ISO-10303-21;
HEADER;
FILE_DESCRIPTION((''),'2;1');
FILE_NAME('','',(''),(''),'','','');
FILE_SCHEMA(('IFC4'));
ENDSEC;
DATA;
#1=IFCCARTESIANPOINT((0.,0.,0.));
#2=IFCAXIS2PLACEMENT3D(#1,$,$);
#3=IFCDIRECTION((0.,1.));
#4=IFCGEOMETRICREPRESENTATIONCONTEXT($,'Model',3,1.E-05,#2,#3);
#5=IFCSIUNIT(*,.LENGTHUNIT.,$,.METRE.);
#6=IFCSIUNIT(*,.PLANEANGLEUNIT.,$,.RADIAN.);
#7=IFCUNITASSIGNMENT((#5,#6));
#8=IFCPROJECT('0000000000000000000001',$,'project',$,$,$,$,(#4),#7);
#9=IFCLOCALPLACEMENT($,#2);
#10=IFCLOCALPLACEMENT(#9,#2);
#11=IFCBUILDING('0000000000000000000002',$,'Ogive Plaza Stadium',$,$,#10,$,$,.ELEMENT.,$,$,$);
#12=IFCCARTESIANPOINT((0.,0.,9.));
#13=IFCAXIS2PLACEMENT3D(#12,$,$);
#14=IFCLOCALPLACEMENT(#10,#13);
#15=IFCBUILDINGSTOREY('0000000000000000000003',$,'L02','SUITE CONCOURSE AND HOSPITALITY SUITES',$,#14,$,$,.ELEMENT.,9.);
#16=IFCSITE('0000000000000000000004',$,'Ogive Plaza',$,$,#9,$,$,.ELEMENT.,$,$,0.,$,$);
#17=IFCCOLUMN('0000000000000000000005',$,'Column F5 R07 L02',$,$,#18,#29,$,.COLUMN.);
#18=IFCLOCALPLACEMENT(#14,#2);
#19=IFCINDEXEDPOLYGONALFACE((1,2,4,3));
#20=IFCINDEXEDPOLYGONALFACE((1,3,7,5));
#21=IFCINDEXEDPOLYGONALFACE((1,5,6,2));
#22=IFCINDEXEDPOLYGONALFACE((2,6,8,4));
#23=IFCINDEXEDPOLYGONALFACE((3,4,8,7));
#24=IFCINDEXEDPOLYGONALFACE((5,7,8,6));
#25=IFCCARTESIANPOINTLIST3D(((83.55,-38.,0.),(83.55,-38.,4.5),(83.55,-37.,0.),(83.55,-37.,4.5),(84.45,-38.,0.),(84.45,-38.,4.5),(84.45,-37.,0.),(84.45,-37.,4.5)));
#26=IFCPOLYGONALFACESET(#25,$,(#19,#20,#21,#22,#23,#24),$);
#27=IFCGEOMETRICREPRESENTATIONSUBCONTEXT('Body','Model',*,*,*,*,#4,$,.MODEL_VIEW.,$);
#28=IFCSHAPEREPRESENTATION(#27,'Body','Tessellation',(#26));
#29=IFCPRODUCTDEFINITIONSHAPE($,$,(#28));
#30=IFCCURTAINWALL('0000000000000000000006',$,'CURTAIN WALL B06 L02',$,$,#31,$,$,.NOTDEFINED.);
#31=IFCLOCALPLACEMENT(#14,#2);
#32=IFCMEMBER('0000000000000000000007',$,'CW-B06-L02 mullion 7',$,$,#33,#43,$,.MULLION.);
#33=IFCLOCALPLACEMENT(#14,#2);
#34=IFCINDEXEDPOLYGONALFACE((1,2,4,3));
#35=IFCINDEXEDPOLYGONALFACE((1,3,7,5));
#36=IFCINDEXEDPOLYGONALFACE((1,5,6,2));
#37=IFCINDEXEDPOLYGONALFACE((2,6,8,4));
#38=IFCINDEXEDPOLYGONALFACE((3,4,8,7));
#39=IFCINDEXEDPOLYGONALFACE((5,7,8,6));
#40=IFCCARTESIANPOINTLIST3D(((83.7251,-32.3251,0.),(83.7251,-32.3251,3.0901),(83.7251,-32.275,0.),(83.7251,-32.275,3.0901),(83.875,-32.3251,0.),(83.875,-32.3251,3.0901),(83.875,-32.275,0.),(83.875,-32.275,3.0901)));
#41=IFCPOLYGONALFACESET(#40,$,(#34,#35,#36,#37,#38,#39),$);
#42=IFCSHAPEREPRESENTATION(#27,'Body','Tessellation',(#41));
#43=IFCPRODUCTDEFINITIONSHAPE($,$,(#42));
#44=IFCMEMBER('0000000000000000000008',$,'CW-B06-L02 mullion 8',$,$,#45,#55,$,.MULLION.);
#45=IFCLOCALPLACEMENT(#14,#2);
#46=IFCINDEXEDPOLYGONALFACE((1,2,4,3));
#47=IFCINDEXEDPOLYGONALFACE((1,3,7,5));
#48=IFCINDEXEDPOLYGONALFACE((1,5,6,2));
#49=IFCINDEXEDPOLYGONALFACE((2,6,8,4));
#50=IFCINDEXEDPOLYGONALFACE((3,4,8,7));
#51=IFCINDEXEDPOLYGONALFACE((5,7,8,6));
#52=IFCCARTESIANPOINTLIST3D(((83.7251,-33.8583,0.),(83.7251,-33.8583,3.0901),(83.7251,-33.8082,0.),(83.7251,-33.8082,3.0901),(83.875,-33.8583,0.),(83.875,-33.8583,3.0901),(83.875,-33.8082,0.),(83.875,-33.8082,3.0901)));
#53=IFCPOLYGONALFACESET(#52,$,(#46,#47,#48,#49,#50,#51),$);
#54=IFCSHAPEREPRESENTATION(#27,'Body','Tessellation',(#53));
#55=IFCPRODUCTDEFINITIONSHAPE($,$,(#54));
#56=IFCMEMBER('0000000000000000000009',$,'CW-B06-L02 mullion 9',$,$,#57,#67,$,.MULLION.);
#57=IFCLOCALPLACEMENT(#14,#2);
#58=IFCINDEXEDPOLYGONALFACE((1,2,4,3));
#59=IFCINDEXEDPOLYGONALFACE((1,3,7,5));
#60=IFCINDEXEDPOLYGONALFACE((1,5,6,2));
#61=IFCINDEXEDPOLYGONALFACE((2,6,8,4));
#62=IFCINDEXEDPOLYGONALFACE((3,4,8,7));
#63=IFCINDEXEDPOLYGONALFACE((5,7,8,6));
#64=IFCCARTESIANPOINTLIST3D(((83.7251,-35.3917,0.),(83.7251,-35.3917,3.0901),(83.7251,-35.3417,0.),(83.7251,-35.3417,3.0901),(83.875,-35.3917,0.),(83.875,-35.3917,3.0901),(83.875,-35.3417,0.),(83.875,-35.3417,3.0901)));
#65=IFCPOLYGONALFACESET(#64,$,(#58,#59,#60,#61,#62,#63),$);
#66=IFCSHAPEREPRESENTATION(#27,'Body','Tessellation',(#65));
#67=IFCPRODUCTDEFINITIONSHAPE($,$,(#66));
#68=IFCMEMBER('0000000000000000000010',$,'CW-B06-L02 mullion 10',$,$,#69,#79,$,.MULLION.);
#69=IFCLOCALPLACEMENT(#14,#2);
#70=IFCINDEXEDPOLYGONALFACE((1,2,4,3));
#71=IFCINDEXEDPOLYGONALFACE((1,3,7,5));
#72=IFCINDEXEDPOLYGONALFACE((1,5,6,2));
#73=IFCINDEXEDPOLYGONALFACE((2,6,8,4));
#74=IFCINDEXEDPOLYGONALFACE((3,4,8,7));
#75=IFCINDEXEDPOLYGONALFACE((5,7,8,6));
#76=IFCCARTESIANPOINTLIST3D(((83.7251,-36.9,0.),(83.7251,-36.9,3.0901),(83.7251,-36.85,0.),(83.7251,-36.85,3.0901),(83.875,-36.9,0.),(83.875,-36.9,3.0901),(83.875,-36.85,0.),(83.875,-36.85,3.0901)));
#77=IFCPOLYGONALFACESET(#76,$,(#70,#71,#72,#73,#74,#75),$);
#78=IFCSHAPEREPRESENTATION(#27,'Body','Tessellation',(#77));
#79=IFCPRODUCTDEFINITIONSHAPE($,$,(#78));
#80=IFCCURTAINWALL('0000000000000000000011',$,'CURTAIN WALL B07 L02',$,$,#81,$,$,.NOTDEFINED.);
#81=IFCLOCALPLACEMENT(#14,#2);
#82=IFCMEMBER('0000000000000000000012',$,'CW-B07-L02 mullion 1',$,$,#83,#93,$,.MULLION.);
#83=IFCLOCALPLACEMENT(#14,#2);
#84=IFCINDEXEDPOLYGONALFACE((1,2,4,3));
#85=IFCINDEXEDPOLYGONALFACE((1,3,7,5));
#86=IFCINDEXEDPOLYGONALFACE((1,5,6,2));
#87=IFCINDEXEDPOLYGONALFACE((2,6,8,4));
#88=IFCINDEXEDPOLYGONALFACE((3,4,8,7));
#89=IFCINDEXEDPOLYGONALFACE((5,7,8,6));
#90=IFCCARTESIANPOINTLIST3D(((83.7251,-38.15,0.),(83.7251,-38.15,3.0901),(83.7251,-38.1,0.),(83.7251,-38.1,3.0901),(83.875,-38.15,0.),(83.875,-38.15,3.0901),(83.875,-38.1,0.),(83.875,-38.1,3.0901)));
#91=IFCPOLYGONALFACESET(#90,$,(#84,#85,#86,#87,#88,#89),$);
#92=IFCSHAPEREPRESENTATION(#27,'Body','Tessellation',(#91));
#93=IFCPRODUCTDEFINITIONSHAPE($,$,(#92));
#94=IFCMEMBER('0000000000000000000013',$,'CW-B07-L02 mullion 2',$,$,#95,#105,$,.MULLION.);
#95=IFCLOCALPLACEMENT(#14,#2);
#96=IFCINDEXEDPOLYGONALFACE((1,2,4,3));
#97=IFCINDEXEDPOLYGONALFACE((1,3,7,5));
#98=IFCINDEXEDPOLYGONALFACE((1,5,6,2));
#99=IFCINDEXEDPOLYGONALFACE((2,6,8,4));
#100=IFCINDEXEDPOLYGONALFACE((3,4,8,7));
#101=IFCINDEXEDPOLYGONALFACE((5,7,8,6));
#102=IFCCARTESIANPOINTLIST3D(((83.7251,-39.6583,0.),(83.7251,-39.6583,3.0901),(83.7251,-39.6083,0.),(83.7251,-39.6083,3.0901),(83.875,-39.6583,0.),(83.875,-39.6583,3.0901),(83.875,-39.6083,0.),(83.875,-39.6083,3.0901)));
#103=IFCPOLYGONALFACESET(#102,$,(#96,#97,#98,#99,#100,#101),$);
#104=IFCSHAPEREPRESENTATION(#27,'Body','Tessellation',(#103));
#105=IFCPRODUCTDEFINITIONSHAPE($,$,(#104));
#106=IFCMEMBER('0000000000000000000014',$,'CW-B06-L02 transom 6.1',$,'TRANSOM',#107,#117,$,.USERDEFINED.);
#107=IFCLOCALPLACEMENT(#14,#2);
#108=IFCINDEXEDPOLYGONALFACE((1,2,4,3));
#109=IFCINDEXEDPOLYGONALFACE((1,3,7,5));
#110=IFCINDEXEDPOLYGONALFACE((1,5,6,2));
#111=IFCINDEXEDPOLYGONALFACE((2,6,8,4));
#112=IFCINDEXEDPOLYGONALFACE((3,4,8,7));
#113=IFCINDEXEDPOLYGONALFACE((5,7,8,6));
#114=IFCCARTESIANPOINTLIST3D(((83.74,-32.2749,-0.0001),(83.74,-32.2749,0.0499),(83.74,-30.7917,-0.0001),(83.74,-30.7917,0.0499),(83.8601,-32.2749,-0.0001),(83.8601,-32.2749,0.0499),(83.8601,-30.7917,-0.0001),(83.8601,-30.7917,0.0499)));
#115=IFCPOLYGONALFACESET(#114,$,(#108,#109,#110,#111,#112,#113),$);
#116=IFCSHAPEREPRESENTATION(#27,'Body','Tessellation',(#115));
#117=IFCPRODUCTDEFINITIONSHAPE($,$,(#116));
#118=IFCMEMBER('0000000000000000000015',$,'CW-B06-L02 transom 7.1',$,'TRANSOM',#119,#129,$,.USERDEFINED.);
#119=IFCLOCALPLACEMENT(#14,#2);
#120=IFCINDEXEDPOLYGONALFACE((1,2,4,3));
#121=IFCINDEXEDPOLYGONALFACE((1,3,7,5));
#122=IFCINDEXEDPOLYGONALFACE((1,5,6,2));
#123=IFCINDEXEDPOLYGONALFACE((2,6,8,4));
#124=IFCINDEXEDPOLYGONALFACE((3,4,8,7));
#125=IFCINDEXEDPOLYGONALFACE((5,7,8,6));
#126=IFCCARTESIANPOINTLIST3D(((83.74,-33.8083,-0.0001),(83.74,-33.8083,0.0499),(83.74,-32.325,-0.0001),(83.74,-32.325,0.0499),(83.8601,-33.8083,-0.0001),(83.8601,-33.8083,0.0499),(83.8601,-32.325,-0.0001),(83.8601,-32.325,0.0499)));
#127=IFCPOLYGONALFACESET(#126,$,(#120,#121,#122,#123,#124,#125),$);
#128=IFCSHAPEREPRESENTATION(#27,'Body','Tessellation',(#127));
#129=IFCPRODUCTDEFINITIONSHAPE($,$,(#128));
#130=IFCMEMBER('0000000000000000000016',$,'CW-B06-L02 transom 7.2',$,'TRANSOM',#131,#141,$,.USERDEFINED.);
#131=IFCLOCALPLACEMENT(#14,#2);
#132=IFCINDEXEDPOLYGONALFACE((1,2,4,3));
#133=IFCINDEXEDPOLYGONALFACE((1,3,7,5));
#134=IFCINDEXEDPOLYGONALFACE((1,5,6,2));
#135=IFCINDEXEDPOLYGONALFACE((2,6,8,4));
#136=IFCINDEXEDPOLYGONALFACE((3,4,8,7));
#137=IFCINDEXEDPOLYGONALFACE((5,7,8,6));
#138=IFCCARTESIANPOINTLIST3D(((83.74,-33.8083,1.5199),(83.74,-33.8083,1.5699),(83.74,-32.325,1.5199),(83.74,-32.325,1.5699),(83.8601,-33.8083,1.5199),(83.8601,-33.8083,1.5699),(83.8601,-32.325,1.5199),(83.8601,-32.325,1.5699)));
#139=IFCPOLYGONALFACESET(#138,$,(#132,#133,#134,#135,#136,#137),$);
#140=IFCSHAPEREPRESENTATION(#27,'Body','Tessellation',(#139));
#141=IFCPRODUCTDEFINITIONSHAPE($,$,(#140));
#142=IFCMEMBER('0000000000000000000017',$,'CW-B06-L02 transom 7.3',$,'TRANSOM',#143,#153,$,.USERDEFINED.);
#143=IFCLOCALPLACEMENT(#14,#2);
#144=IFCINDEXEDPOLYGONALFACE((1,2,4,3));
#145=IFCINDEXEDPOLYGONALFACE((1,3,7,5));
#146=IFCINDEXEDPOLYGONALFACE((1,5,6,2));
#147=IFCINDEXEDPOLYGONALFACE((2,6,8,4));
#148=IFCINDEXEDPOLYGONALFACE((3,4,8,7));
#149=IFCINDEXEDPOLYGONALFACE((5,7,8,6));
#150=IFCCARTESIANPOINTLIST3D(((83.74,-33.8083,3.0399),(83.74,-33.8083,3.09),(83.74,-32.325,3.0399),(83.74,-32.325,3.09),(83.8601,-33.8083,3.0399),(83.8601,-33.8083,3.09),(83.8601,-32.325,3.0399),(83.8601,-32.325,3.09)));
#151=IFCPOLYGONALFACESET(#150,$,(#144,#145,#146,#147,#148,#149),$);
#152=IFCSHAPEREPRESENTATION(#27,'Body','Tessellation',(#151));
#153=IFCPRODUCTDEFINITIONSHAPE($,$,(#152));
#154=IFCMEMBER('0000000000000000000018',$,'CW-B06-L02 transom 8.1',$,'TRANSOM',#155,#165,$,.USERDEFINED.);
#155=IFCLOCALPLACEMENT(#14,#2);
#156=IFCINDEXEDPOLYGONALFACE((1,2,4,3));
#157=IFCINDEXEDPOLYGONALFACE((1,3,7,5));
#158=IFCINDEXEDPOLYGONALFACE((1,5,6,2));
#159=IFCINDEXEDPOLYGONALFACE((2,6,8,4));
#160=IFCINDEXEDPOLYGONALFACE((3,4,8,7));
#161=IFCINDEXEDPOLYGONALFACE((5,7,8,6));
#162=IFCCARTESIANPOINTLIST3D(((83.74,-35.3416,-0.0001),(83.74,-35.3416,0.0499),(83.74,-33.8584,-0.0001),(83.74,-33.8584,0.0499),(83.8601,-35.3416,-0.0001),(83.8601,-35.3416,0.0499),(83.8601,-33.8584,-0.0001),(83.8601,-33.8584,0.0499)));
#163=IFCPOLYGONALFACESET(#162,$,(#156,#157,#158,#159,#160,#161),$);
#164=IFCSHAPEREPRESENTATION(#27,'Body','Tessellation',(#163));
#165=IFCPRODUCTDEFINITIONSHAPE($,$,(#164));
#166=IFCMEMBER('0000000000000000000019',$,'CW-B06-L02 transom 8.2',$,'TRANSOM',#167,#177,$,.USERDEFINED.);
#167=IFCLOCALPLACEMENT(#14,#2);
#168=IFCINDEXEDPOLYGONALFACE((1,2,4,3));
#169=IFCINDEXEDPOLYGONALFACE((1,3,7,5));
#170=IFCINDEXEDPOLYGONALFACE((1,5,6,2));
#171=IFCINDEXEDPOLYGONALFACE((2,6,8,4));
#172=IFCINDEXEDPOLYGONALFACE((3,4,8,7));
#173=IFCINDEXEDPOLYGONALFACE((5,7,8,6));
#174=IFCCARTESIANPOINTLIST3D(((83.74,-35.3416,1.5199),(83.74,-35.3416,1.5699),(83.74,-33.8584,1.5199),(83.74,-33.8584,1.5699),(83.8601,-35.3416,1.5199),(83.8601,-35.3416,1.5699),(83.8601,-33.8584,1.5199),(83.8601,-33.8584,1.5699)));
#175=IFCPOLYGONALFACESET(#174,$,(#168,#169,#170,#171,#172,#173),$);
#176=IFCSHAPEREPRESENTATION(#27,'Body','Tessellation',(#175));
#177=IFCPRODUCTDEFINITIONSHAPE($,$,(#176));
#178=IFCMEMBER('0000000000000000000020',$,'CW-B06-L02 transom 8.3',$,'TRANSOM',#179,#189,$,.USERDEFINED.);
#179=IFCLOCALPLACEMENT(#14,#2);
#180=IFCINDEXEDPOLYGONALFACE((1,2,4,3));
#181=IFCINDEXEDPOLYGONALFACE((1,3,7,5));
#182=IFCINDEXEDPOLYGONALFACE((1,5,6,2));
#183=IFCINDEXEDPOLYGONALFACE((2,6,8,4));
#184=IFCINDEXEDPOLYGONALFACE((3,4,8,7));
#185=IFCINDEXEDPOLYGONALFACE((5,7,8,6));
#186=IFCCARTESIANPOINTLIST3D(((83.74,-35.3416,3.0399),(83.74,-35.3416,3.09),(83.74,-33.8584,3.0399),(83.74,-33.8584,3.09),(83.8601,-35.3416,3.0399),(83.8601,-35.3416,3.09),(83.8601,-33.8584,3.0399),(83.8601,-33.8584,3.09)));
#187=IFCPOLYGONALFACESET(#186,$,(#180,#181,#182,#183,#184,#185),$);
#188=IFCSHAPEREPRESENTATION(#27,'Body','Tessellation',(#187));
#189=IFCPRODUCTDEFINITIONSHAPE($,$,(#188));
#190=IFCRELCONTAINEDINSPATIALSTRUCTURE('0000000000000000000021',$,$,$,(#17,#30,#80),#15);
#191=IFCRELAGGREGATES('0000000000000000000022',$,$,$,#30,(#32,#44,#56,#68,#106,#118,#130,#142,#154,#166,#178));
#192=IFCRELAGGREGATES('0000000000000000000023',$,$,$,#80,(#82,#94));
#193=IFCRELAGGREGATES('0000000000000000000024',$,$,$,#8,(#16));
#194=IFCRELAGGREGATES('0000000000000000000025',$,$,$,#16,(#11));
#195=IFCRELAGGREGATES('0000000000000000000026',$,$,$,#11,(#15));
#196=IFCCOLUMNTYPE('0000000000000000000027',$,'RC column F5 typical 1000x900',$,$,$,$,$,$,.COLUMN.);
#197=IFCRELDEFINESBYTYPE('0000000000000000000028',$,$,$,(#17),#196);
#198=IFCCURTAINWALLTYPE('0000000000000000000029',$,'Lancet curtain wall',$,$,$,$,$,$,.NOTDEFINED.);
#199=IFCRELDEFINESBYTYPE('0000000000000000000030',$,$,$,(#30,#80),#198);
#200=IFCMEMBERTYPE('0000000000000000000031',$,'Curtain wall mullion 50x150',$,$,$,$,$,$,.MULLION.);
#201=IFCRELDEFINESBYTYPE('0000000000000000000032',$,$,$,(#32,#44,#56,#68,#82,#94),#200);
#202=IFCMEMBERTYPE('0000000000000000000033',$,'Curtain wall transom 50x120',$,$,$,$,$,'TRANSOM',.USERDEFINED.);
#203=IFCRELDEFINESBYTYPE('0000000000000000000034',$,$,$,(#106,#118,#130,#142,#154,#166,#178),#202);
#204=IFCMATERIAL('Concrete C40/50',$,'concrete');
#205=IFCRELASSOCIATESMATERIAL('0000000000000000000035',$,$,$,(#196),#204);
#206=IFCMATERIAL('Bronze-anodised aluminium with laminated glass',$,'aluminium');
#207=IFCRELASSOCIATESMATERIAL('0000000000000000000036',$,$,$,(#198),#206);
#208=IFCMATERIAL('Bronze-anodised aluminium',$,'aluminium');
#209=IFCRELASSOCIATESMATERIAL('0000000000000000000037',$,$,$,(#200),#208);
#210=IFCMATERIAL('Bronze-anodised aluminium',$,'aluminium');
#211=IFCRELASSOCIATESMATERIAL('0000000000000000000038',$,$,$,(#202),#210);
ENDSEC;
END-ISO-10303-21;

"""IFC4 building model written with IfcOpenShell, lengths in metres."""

from ifc_helpers import new_model, si_unit, direction, frame, origin, origin_2d, place, context, subcontext, project, spatial, rectangle, extrude, material, material_profile, profile_set, type_object, element, aggregate, save


model = new_model("IFC4")

# Units and contexts
model_context = context("Model", 3, precision=1e-05, world=origin(), true_north=direction((0.0, 1.0)))
body_context = subcontext(model_context, "Body", "Model", "MODEL_VIEW")
ifc_project = project(units=[si_unit("LENGTHUNIT", "METRE"), si_unit("PLANEANGLEUNIT", "RADIAN")], contexts=[model_context])

# Site, building, storey
site_placement = place(None, origin())
site = spatial("IfcSite", under=ifc_project, at=site_placement, Name="Ogive Plaza", CompositionType="ELEMENT", RefElevation=0.0)
building_placement = place(site_placement, origin())
building = spatial("IfcBuilding", under=site, at=building_placement, Name="Ogive Plaza Stadium", CompositionType="ELEMENT")
storey_placement = place(building_placement, frame((0.0, 0.0, 9.0)))
storey = spatial("IfcBuildingStorey", under=building, at=storey_placement, Name="L02", Description="SUITE CONCOURSE AND HOSPITALITY SUITES", CompositionType="ELEMENT", Elevation=9.0)

# Column
ifc_material_1 = material(Name="Concrete C40/50", Category="concrete")
ifc_material_profile_1 = material_profile(ifc_material_1, rectangle(XDim=1.0, YDim=0.8999, at=origin_2d()), Name="RC 1000x900")
ifc_profile_set_1 = profile_set([ifc_material_profile_1], Name="Concrete C40/50")
column_type = type_object("IfcColumnType", Name="RC column F5 typical 1000x900", PredefinedType="COLUMN", material=ifc_profile_set_1)
column_placement = place(storey_placement, frame((84.0, -37.5, 0.0), z_axis=(0.0, 0.0, 1.0), x_axis=(0.0, 1.0, 0.0)))
element("IfcColumn", 1, at=column_placement, inside=storey, type_object=column_type, Name="Column F5 R07 L02", PredefinedType="COLUMN", context=body_context, shape_type="SweptSolid", body=[
    extrude(rectangle(XDim=1.0, YDim=0.8999, at=origin_2d()), origin(), (0.0, 0.0, 1.0), 4.5),
])

# Curtain walls, members
ifc_material_2 = material(Name="Bronze-anodised aluminium with laminated glass", Category="aluminium")
curtain_wall_type = type_object("IfcCurtainWallType", Name="Lancet curtain wall", PredefinedType="NOTDEFINED", material=ifc_material_2)
curtain_wall_1_placement = place(storey_placement, origin())
curtain_wall_1 = element("IfcCurtainWall", 2, at=curtain_wall_1_placement, inside=storey, type_object=curtain_wall_type, Name="CURTAIN WALL B06 L02", PredefinedType="NOTDEFINED")
ifc_material_3 = material(Name="Bronze-anodised aluminium", Category="aluminium")
ifc_material_profile_2 = material_profile(ifc_material_3, rectangle(XDim=0.1499, YDim=0.05, at=origin_2d()), Name="AL 150x50")
ifc_profile_set_2 = profile_set([ifc_material_profile_2], Name="Bronze-anodised aluminium")
member_type_1 = type_object("IfcMemberType", Name="Curtain wall mullion 50x150", PredefinedType="MULLION", material=ifc_profile_set_2)
member_1_placement = place(storey_placement, frame((83.8, -32.3, 0.0), z_axis=(0.0, 0.0, 1.0), x_axis=(1.0, 0.0, 0.0)))
member_1 = element("IfcMember", 3, at=member_1_placement, type_object=member_type_1, Name="CW-B06-L02 mullion 7", PredefinedType="MULLION", context=body_context, shape_type="SweptSolid", body=[
    extrude(rectangle(XDim=0.1499, YDim=0.05, at=origin_2d()), origin(), (0.0, 0.0, 1.0), 3.0901),
])
member_2_placement = place(storey_placement, frame((83.8, -33.8333, 0.0), z_axis=(0.0, 0.0, 1.0), x_axis=(1.0, 0.0, 0.0)))
member_2 = element("IfcMember", 4, at=member_2_placement, type_object=member_type_1, Name="CW-B06-L02 mullion 8", PredefinedType="MULLION", context=body_context, shape_type="SweptSolid", body=[
    extrude(rectangle(XDim=0.1499, YDim=0.05, at=origin_2d()), origin(), (0.0, 0.0, 1.0), 3.0901),
])
member_3_placement = place(storey_placement, frame((83.8, -35.3667, 0.0), z_axis=(0.0, 0.0, 1.0), x_axis=(1.0, 0.0, 0.0)))
member_3 = element("IfcMember", 5, at=member_3_placement, type_object=member_type_1, Name="CW-B06-L02 mullion 9", PredefinedType="MULLION", context=body_context, shape_type="SweptSolid", body=[
    extrude(rectangle(XDim=0.1499, YDim=0.05, at=origin_2d()), origin(), (0.0, 0.0, 1.0), 3.0901),
])
member_4_placement = place(storey_placement, frame((83.8, -36.875, 0.0), z_axis=(0.0, 0.0, 1.0), x_axis=(1.0, 0.0, 0.0)))
member_4 = element("IfcMember", 6, at=member_4_placement, type_object=member_type_1, Name="CW-B06-L02 mullion 10", PredefinedType="MULLION", context=body_context, shape_type="SweptSolid", body=[
    extrude(rectangle(XDim=0.1499, YDim=0.05, at=origin_2d()), origin(), (0.0, 0.0, 1.0), 3.0901),
])
curtain_wall_2_placement = place(storey_placement, origin())
curtain_wall_2 = element("IfcCurtainWall", 7, at=curtain_wall_2_placement, inside=storey, type_object=curtain_wall_type, Name="CURTAIN WALL B07 L02", PredefinedType="NOTDEFINED")
member_5_placement = place(storey_placement, frame((83.8, -38.125, 0.0), z_axis=(0.0, 0.0, 1.0), x_axis=(1.0, 0.0, 0.0)))
member_5 = element("IfcMember", 8, at=member_5_placement, type_object=member_type_1, Name="CW-B07-L02 mullion 1", PredefinedType="MULLION", context=body_context, shape_type="SweptSolid", body=[
    extrude(rectangle(XDim=0.1499, YDim=0.05, at=origin_2d()), origin(), (0.0, 0.0, 1.0), 3.0901),
])
member_6_placement = place(storey_placement, frame((83.8, -39.6333, 0.0), z_axis=(0.0, 0.0, 1.0), x_axis=(1.0, 0.0, 0.0)))
member_6 = element("IfcMember", 9, at=member_6_placement, type_object=member_type_1, Name="CW-B07-L02 mullion 2", PredefinedType="MULLION", context=body_context, shape_type="SweptSolid", body=[
    extrude(rectangle(XDim=0.1499, YDim=0.05, at=origin_2d()), origin(), (0.0, 0.0, 1.0), 3.0901),
])

# Members
ifc_material_4 = material(Name="Bronze-anodised aluminium", Category="aluminium")
ifc_material_profile_3 = material_profile(ifc_material_4, rectangle(XDim=0.1201, YDim=0.05, at=origin_2d()), Name="AL 120x50")
ifc_profile_set_3 = profile_set([ifc_material_profile_3], Name="Bronze-anodised aluminium")
member_type_2 = type_object("IfcMemberType", Name="Curtain wall transom 50x120", ElementType="TRANSOM", PredefinedType="USERDEFINED", material=ifc_profile_set_3)
member_7_placement = place(storey_placement, frame((83.8, -30.7917, 0.0249), z_axis=(0.0, -1.0, 0.0), x_axis=(1.0, 0.0, 0.0)))
member_7 = element("IfcMember", 10, at=member_7_placement, type_object=member_type_2, Name="CW-B06-L02 transom 6.1", ObjectType="TRANSOM", PredefinedType="USERDEFINED", context=body_context, shape_type="SweptSolid", body=[
    extrude(rectangle(XDim=0.1201, YDim=0.05, at=origin_2d()), origin(), (0.0, 0.0, 1.0), 1.4832),
])
member_8_placement = place(storey_placement, frame((83.8, -32.325, 0.0249), z_axis=(0.0, -1.0, 0.0), x_axis=(1.0, 0.0, 0.0)))
member_8 = element("IfcMember", 11, at=member_8_placement, type_object=member_type_2, Name="CW-B06-L02 transom 7.1", ObjectType="TRANSOM", PredefinedType="USERDEFINED", context=body_context, shape_type="SweptSolid", body=[
    extrude(rectangle(XDim=0.1201, YDim=0.05, at=origin_2d()), origin(), (0.0, 0.0, 1.0), 1.4834),
])
member_9_placement = place(storey_placement, frame((83.8, -32.325, 1.5449), z_axis=(0.0, -1.0, 0.0), x_axis=(1.0, 0.0, 0.0)))
member_9 = element("IfcMember", 12, at=member_9_placement, type_object=member_type_2, Name="CW-B06-L02 transom 7.2", ObjectType="TRANSOM", PredefinedType="USERDEFINED", context=body_context, shape_type="SweptSolid", body=[
    extrude(rectangle(XDim=0.1201, YDim=0.05, at=origin_2d()), origin(), (0.0, 0.0, 1.0), 1.4834),
])
member_10_placement = place(storey_placement, frame((83.8, -32.325, 3.0649), z_axis=(0.0, -1.0, 0.0), x_axis=(1.0, 0.0, 0.0)))
member_10 = element("IfcMember", 13, at=member_10_placement, type_object=member_type_2, Name="CW-B06-L02 transom 7.3", ObjectType="TRANSOM", PredefinedType="USERDEFINED", context=body_context, shape_type="SweptSolid", body=[
    extrude(rectangle(XDim=0.1201, YDim=0.05, at=origin_2d()), origin(), (0.0, 0.0, 1.0), 1.4834),
])
member_11_placement = place(storey_placement, frame((83.8, -33.8584, 0.0249), z_axis=(0.0, -1.0, 0.0), x_axis=(1.0, 0.0, 0.0)))
member_11 = element("IfcMember", 14, at=member_11_placement, type_object=member_type_2, Name="CW-B06-L02 transom 8.1", ObjectType="TRANSOM", PredefinedType="USERDEFINED", context=body_context, shape_type="SweptSolid", body=[
    extrude(rectangle(XDim=0.1201, YDim=0.05, at=origin_2d()), origin(), (0.0, 0.0, 1.0), 1.4832),
])
member_12_placement = place(storey_placement, frame((83.8, -33.8584, 1.5449), z_axis=(0.0, -1.0, 0.0), x_axis=(1.0, 0.0, 0.0)))
member_12 = element("IfcMember", 15, at=member_12_placement, type_object=member_type_2, Name="CW-B06-L02 transom 8.2", ObjectType="TRANSOM", PredefinedType="USERDEFINED", context=body_context, shape_type="SweptSolid", body=[
    extrude(rectangle(XDim=0.1201, YDim=0.05, at=origin_2d()), origin(), (0.0, 0.0, 1.0), 1.4832),
])
member_13_placement = place(storey_placement, frame((83.8, -33.8584, 3.0649), z_axis=(0.0, -1.0, 0.0), x_axis=(1.0, 0.0, 0.0)))
member_13 = element("IfcMember", 16, at=member_13_placement, type_object=member_type_2, Name="CW-B06-L02 transom 8.3", ObjectType="TRANSOM", PredefinedType="USERDEFINED", context=body_context, shape_type="SweptSolid", body=[
    extrude(rectangle(XDim=0.1201, YDim=0.05, at=origin_2d()), origin(), (0.0, 0.0, 1.0), 1.4832),
])

aggregate(curtain_wall_1, [member_1, member_2, member_3, member_4, member_7, member_8, member_9, member_10, member_11, member_12, member_13])
aggregate(curtain_wall_2, [member_5, member_6])

save(model, "model.ifc")
